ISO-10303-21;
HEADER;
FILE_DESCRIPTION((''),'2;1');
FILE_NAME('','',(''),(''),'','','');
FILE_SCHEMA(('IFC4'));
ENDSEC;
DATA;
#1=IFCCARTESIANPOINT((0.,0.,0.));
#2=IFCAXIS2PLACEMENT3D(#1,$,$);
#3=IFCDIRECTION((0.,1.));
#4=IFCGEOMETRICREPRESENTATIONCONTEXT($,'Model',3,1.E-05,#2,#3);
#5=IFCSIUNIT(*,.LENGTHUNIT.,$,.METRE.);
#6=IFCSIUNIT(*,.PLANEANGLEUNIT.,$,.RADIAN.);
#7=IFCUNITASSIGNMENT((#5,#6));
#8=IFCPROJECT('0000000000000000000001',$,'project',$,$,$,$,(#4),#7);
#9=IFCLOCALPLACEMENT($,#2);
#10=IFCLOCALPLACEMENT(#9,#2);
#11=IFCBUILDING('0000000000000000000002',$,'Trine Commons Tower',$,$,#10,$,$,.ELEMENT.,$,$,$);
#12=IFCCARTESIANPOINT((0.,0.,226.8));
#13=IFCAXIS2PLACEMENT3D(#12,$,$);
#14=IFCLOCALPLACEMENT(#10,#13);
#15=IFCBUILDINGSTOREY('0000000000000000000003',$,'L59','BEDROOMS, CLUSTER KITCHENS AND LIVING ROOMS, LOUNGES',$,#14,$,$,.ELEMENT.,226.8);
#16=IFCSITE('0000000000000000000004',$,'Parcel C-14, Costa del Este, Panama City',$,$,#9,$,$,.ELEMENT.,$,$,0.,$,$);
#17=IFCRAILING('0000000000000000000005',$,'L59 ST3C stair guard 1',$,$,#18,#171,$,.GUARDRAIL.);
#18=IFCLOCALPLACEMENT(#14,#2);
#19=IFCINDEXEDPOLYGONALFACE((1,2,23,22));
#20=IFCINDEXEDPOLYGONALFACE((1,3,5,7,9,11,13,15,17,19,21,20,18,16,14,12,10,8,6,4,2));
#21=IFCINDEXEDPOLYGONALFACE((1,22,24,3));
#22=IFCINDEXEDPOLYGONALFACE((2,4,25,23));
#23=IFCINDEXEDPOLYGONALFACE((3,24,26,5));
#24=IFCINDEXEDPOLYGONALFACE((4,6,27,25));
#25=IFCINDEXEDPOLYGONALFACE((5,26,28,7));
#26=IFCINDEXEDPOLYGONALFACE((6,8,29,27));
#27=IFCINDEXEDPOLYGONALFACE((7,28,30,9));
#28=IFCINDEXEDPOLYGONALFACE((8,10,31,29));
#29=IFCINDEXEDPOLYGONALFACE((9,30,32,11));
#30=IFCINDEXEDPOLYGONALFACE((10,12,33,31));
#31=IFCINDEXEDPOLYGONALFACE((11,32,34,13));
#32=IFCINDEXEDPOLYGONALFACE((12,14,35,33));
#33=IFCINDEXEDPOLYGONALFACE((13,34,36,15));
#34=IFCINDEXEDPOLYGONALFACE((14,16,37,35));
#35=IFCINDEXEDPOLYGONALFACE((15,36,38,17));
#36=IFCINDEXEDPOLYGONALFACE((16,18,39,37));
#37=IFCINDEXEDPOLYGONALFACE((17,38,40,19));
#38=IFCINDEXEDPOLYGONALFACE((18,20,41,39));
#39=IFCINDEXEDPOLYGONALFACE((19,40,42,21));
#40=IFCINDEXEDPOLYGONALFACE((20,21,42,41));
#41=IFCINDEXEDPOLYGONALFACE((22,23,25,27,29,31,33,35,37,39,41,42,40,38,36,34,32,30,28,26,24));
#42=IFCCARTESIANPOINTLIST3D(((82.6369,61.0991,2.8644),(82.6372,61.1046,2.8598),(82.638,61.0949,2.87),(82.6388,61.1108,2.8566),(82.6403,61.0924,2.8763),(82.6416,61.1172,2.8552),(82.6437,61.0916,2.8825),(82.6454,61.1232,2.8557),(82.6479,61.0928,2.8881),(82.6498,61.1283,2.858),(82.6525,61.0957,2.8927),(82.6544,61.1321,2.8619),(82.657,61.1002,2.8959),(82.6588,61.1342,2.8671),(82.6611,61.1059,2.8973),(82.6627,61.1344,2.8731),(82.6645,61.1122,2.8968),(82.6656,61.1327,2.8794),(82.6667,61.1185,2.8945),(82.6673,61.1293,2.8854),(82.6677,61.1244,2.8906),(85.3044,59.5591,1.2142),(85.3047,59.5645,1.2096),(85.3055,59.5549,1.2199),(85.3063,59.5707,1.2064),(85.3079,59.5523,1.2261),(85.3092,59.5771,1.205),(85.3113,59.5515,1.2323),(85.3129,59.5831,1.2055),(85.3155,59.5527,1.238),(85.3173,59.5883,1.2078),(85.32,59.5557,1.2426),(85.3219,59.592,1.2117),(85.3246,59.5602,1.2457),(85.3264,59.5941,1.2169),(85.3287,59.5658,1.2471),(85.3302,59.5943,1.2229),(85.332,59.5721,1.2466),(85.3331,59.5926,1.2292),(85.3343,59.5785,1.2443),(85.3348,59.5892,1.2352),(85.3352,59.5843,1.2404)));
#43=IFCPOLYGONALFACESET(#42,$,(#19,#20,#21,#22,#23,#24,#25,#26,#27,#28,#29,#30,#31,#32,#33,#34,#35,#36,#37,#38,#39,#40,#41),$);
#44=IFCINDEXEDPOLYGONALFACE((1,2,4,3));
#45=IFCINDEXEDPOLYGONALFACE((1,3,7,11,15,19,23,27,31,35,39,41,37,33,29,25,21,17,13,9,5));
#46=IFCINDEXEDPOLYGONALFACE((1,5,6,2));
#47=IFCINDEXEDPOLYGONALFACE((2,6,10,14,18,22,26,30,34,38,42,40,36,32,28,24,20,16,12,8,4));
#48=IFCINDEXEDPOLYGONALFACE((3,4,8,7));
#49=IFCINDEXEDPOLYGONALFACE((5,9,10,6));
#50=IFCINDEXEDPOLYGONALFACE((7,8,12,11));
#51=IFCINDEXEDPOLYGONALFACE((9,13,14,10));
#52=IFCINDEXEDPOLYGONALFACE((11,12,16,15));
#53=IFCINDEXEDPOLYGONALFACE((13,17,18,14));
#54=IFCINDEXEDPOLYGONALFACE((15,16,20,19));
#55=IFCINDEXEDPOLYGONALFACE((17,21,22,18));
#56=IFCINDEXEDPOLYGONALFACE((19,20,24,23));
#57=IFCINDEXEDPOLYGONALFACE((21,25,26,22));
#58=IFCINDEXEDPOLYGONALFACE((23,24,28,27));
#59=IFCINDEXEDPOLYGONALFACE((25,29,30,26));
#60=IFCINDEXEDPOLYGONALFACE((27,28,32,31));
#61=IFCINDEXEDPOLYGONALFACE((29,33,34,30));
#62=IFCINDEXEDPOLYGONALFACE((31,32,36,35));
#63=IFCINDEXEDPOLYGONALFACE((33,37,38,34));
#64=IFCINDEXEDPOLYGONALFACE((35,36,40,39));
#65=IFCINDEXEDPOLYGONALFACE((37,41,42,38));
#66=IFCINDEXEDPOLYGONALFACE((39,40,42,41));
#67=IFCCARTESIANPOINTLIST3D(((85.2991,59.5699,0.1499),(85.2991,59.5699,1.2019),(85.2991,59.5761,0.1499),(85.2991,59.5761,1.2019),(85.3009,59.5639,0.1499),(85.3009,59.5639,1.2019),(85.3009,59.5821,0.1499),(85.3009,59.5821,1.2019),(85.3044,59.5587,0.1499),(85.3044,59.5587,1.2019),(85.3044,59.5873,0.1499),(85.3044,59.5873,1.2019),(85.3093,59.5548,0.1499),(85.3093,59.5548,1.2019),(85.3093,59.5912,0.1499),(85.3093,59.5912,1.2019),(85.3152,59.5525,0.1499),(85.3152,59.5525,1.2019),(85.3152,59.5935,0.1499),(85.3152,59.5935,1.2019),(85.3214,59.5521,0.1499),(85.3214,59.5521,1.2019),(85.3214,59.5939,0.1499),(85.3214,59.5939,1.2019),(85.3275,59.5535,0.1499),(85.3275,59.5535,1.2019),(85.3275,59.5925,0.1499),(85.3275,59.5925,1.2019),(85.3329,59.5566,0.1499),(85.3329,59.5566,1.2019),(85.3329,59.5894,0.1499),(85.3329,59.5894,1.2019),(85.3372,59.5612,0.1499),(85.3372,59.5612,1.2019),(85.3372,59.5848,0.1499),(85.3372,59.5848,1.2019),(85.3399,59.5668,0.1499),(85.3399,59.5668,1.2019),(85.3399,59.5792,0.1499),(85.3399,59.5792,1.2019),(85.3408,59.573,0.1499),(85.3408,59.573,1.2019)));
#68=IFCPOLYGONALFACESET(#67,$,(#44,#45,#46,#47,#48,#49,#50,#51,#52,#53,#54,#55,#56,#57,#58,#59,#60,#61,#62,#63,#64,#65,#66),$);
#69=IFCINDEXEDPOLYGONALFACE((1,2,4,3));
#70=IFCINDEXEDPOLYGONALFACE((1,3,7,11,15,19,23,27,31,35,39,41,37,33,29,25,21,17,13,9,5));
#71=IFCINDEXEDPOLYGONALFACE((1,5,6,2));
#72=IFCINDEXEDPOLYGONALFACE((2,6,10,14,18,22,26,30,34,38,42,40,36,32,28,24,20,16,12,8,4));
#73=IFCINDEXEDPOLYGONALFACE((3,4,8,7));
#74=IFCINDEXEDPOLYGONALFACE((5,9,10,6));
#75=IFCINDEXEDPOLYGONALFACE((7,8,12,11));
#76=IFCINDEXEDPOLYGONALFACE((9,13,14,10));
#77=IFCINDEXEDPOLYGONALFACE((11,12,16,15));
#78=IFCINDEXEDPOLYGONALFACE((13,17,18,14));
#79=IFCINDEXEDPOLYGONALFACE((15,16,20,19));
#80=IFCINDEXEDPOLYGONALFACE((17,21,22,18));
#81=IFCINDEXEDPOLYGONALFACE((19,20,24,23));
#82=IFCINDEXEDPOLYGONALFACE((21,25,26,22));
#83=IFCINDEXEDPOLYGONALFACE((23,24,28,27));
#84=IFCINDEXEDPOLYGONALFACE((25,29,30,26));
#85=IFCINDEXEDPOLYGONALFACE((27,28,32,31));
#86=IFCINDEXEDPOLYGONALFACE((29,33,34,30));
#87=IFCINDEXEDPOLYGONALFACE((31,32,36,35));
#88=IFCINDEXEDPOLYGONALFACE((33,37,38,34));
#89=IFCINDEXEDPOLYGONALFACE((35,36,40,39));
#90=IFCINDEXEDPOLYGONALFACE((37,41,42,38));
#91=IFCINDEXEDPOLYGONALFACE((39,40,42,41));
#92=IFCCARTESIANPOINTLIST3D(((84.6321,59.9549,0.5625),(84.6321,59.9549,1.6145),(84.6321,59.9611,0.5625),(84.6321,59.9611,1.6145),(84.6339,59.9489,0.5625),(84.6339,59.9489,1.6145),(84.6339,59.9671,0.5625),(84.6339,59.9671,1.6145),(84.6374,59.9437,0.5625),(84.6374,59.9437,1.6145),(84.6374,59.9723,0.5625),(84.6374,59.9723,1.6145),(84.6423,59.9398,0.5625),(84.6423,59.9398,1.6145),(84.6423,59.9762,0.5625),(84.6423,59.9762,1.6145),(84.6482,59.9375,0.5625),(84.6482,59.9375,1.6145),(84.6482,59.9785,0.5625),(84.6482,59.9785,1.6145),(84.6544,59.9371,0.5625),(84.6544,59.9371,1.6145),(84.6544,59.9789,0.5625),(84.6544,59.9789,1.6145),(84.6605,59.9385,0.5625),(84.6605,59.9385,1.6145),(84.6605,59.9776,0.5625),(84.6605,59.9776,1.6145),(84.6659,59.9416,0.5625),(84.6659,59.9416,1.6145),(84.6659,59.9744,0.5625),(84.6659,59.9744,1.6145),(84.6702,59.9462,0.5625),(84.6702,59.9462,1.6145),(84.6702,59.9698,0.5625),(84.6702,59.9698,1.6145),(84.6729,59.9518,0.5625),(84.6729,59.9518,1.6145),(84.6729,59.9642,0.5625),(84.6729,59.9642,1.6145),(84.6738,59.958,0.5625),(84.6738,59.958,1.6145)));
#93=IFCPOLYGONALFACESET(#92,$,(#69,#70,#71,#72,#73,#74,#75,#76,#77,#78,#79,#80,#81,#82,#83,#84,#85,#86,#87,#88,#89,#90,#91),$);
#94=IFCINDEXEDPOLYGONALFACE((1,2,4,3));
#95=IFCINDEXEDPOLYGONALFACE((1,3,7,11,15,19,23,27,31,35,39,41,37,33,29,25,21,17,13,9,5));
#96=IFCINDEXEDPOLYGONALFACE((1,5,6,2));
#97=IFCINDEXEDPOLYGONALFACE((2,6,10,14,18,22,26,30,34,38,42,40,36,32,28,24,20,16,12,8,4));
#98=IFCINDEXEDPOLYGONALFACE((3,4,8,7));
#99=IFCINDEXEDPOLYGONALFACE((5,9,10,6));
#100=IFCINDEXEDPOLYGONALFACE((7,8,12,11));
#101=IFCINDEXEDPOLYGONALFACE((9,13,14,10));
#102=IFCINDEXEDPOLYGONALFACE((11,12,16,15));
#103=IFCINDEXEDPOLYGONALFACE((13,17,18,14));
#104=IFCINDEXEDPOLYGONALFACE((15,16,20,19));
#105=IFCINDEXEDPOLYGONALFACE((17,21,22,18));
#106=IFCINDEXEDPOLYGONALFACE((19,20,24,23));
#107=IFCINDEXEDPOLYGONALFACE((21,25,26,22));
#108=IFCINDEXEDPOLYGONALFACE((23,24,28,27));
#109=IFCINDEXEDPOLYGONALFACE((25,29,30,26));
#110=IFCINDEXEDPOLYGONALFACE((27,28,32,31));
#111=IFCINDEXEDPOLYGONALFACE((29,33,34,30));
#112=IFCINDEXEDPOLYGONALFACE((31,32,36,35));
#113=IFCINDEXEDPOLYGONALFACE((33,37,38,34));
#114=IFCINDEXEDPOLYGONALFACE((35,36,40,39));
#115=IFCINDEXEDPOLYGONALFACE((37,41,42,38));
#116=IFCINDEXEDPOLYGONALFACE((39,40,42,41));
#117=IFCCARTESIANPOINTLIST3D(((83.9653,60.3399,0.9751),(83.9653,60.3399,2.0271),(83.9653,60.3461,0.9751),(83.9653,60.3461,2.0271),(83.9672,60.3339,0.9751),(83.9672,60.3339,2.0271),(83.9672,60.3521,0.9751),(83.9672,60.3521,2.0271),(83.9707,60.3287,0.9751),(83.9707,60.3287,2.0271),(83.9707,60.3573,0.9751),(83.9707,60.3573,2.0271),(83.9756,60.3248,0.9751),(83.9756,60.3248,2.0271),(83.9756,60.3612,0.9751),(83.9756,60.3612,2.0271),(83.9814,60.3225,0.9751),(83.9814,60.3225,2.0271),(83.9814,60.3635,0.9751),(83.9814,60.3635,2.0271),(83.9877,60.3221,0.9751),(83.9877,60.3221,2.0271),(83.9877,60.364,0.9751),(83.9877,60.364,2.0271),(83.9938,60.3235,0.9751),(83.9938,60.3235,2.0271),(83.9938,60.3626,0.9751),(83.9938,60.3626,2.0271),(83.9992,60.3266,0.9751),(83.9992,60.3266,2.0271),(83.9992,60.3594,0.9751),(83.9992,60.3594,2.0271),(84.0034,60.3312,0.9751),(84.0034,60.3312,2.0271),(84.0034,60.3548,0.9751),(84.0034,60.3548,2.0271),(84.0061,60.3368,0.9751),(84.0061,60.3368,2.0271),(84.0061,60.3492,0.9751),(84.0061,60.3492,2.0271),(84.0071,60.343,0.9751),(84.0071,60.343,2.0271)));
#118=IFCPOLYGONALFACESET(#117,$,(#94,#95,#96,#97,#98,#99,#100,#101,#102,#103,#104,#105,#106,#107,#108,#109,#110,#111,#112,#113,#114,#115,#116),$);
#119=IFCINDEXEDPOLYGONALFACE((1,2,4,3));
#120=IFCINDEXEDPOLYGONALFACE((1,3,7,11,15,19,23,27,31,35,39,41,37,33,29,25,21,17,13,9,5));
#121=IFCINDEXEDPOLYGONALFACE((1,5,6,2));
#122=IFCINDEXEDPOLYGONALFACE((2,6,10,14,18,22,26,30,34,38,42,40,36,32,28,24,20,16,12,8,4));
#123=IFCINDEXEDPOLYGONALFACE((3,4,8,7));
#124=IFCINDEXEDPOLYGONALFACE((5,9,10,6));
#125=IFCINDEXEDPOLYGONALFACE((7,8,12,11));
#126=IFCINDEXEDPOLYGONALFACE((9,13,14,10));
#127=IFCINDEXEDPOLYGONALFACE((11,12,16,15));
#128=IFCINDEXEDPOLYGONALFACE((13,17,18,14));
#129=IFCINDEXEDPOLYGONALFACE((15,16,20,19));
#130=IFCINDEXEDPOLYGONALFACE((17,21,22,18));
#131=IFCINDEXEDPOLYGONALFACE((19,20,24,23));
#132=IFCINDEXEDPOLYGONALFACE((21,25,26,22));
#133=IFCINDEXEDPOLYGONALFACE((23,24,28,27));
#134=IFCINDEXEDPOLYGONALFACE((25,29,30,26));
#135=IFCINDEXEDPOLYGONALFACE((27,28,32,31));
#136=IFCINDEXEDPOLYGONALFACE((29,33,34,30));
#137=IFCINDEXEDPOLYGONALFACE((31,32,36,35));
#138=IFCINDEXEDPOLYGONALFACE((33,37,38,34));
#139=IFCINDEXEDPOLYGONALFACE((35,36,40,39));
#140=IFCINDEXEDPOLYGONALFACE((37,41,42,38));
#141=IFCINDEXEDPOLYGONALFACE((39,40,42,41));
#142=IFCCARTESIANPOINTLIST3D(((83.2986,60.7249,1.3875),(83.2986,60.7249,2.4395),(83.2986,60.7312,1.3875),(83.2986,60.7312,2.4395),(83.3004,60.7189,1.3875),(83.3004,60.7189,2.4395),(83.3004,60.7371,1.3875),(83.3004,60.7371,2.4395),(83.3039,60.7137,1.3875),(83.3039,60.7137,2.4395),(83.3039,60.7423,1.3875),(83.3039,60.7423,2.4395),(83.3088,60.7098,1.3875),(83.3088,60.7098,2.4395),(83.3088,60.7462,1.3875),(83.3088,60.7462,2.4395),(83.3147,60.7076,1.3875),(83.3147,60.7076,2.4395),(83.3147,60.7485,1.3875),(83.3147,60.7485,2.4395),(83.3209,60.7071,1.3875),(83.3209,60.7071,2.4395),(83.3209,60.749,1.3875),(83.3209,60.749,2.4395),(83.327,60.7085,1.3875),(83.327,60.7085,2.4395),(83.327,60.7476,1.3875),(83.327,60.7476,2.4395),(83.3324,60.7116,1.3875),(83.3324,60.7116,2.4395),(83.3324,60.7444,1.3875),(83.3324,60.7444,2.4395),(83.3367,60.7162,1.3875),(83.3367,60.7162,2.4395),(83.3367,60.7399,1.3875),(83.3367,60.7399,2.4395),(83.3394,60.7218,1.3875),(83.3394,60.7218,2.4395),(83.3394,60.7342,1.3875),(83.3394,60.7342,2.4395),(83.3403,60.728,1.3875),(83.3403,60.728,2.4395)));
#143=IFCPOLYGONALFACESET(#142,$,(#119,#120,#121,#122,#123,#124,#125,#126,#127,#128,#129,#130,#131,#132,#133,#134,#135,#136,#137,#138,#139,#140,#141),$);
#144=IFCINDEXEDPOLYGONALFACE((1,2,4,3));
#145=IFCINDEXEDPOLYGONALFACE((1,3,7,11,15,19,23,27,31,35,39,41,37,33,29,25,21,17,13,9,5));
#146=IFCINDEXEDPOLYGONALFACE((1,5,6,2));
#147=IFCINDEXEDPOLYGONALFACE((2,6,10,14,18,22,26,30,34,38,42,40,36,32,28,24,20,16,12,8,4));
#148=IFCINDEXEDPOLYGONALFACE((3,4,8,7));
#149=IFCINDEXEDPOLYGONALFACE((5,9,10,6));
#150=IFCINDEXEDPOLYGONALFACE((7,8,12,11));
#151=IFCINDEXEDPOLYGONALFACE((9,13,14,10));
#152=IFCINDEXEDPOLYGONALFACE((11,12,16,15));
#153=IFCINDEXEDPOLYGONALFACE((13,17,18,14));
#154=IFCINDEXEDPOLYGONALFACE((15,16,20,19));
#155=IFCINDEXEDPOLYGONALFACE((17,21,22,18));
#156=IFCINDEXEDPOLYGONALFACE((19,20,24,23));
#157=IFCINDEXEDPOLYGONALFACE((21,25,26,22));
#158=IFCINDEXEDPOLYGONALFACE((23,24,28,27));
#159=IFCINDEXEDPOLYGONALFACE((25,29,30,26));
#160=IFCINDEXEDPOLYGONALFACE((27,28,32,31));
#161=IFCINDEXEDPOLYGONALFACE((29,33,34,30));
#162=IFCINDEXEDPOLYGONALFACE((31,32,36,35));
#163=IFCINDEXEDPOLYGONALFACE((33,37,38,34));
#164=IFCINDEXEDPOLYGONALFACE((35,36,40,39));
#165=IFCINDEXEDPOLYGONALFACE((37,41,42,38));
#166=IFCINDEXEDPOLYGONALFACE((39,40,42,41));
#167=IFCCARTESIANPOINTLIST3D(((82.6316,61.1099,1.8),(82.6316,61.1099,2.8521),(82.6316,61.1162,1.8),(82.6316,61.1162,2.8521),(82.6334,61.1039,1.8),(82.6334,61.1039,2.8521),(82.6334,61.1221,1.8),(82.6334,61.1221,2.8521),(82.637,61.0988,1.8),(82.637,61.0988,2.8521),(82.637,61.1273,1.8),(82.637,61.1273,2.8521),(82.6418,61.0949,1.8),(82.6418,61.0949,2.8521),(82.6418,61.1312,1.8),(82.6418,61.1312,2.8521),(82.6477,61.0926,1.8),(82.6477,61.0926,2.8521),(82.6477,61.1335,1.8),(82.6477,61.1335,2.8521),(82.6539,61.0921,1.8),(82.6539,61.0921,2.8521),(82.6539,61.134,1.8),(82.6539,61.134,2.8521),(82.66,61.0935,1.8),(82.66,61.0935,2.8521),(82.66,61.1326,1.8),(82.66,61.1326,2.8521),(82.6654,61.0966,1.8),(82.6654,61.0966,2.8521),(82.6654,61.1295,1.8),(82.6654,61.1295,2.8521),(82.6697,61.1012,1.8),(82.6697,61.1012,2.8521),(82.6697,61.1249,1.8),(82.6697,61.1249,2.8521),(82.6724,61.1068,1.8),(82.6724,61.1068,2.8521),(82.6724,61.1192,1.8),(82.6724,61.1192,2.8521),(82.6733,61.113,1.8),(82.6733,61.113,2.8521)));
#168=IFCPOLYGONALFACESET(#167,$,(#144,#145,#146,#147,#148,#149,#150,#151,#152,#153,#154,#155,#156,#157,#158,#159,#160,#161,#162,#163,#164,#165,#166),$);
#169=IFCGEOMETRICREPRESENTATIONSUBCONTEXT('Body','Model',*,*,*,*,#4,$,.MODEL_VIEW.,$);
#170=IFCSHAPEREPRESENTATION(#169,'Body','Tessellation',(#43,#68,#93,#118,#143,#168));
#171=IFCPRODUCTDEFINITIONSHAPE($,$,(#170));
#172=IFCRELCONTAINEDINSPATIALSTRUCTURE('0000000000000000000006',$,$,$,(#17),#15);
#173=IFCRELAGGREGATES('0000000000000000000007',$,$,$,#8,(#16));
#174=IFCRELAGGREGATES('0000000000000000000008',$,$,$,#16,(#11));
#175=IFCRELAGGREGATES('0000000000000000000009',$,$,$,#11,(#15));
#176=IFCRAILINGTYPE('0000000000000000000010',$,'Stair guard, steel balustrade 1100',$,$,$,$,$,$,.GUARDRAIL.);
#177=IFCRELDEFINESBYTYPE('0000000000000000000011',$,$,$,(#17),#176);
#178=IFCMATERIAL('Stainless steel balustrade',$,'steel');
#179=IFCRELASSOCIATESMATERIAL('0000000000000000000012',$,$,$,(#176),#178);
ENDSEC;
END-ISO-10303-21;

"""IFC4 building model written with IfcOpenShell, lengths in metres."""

from ifc_helpers import new_model, si_unit, direction, frame, origin, origin_2d, place, context, subcontext, project, spatial, circle, extrude, material, type_object, element, save


model = new_model("IFC4")

# Units and contexts
model_context = context("Model", 3, precision=1e-05, world=origin(), true_north=direction((0.0, 1.0)))
body_context = subcontext(model_context, "Body", "Model", "MODEL_VIEW")
ifc_project = project(units=[si_unit("LENGTHUNIT", "METRE"), si_unit("PLANEANGLEUNIT", "RADIAN")], contexts=[model_context])

# Site, building, storey
site_placement = place(None, origin())
site = spatial("IfcSite", under=ifc_project, at=site_placement, Name="Parcel C-14, Costa del Este, Panama City", CompositionType="ELEMENT", RefElevation=0.0)
building_placement = place(site_placement, origin())
building = spatial("IfcBuilding", under=site, at=building_placement, Name="Trine Commons Tower", CompositionType="ELEMENT")
storey_placement = place(building_placement, frame((0.0, 0.0, 226.8)))
storey = spatial("IfcBuildingStorey", under=building, at=storey_placement, Name="L59", Description="BEDROOMS, CLUSTER KITCHENS AND LIVING ROOMS, LOUNGES", CompositionType="ELEMENT", Elevation=226.8)

# Railing
ifc_material_1 = material(Name="Stainless steel balustrade", Category="steel")
railing_type_1 = type_object("IfcRailingType", Name="Stair guard, steel balustrade 1100", PredefinedType="GUARDRAIL", material=ifc_material_1)
railing_1_placement = place(storey_placement, frame((85.3198, 59.573, 0.1499)))
element("IfcRailing", 1, at=railing_1_placement, inside=storey, type_object=railing_type_1, Name="L59 ST3C stair guard 1", PredefinedType="GUARDRAIL", context=body_context, shape_type="SweptSolid", body=[
    extrude(circle(Radius=0.0239, at=origin_2d()), frame((0.0, 0.0, 1.0762), z_axis=(-0.76338, 0.440728, 0.472239), x_axis=(-0.499992, -0.86603, 0.0)), (0.0, 0.0, 1.0), 3.4944),
    extrude(circle(Radius=0.021, at=origin_2d()), origin(), (0.0, 0.0, 1.0), 1.052),
    extrude(circle(Radius=0.021, at=origin_2d()), frame((-0.667, 0.385, 0.4126)), (0.0, 0.0, 1.0), 1.052),
    extrude(circle(Radius=0.021, at=origin_2d()), frame((-1.3337, 0.77, 0.8252)), (0.0, 0.0, 1.0), 1.052),
    extrude(circle(Radius=0.021, at=origin_2d()), frame((-2.0005, 1.155, 1.2375)), (0.0, 0.0, 1.0), 1.052),
    extrude(circle(Radius=0.021, at=origin_2d()), frame((-2.6675, 1.54, 1.6501)), (0.0, 0.0, 1.0), 1.052),
])

save(model, "model.ifc")
